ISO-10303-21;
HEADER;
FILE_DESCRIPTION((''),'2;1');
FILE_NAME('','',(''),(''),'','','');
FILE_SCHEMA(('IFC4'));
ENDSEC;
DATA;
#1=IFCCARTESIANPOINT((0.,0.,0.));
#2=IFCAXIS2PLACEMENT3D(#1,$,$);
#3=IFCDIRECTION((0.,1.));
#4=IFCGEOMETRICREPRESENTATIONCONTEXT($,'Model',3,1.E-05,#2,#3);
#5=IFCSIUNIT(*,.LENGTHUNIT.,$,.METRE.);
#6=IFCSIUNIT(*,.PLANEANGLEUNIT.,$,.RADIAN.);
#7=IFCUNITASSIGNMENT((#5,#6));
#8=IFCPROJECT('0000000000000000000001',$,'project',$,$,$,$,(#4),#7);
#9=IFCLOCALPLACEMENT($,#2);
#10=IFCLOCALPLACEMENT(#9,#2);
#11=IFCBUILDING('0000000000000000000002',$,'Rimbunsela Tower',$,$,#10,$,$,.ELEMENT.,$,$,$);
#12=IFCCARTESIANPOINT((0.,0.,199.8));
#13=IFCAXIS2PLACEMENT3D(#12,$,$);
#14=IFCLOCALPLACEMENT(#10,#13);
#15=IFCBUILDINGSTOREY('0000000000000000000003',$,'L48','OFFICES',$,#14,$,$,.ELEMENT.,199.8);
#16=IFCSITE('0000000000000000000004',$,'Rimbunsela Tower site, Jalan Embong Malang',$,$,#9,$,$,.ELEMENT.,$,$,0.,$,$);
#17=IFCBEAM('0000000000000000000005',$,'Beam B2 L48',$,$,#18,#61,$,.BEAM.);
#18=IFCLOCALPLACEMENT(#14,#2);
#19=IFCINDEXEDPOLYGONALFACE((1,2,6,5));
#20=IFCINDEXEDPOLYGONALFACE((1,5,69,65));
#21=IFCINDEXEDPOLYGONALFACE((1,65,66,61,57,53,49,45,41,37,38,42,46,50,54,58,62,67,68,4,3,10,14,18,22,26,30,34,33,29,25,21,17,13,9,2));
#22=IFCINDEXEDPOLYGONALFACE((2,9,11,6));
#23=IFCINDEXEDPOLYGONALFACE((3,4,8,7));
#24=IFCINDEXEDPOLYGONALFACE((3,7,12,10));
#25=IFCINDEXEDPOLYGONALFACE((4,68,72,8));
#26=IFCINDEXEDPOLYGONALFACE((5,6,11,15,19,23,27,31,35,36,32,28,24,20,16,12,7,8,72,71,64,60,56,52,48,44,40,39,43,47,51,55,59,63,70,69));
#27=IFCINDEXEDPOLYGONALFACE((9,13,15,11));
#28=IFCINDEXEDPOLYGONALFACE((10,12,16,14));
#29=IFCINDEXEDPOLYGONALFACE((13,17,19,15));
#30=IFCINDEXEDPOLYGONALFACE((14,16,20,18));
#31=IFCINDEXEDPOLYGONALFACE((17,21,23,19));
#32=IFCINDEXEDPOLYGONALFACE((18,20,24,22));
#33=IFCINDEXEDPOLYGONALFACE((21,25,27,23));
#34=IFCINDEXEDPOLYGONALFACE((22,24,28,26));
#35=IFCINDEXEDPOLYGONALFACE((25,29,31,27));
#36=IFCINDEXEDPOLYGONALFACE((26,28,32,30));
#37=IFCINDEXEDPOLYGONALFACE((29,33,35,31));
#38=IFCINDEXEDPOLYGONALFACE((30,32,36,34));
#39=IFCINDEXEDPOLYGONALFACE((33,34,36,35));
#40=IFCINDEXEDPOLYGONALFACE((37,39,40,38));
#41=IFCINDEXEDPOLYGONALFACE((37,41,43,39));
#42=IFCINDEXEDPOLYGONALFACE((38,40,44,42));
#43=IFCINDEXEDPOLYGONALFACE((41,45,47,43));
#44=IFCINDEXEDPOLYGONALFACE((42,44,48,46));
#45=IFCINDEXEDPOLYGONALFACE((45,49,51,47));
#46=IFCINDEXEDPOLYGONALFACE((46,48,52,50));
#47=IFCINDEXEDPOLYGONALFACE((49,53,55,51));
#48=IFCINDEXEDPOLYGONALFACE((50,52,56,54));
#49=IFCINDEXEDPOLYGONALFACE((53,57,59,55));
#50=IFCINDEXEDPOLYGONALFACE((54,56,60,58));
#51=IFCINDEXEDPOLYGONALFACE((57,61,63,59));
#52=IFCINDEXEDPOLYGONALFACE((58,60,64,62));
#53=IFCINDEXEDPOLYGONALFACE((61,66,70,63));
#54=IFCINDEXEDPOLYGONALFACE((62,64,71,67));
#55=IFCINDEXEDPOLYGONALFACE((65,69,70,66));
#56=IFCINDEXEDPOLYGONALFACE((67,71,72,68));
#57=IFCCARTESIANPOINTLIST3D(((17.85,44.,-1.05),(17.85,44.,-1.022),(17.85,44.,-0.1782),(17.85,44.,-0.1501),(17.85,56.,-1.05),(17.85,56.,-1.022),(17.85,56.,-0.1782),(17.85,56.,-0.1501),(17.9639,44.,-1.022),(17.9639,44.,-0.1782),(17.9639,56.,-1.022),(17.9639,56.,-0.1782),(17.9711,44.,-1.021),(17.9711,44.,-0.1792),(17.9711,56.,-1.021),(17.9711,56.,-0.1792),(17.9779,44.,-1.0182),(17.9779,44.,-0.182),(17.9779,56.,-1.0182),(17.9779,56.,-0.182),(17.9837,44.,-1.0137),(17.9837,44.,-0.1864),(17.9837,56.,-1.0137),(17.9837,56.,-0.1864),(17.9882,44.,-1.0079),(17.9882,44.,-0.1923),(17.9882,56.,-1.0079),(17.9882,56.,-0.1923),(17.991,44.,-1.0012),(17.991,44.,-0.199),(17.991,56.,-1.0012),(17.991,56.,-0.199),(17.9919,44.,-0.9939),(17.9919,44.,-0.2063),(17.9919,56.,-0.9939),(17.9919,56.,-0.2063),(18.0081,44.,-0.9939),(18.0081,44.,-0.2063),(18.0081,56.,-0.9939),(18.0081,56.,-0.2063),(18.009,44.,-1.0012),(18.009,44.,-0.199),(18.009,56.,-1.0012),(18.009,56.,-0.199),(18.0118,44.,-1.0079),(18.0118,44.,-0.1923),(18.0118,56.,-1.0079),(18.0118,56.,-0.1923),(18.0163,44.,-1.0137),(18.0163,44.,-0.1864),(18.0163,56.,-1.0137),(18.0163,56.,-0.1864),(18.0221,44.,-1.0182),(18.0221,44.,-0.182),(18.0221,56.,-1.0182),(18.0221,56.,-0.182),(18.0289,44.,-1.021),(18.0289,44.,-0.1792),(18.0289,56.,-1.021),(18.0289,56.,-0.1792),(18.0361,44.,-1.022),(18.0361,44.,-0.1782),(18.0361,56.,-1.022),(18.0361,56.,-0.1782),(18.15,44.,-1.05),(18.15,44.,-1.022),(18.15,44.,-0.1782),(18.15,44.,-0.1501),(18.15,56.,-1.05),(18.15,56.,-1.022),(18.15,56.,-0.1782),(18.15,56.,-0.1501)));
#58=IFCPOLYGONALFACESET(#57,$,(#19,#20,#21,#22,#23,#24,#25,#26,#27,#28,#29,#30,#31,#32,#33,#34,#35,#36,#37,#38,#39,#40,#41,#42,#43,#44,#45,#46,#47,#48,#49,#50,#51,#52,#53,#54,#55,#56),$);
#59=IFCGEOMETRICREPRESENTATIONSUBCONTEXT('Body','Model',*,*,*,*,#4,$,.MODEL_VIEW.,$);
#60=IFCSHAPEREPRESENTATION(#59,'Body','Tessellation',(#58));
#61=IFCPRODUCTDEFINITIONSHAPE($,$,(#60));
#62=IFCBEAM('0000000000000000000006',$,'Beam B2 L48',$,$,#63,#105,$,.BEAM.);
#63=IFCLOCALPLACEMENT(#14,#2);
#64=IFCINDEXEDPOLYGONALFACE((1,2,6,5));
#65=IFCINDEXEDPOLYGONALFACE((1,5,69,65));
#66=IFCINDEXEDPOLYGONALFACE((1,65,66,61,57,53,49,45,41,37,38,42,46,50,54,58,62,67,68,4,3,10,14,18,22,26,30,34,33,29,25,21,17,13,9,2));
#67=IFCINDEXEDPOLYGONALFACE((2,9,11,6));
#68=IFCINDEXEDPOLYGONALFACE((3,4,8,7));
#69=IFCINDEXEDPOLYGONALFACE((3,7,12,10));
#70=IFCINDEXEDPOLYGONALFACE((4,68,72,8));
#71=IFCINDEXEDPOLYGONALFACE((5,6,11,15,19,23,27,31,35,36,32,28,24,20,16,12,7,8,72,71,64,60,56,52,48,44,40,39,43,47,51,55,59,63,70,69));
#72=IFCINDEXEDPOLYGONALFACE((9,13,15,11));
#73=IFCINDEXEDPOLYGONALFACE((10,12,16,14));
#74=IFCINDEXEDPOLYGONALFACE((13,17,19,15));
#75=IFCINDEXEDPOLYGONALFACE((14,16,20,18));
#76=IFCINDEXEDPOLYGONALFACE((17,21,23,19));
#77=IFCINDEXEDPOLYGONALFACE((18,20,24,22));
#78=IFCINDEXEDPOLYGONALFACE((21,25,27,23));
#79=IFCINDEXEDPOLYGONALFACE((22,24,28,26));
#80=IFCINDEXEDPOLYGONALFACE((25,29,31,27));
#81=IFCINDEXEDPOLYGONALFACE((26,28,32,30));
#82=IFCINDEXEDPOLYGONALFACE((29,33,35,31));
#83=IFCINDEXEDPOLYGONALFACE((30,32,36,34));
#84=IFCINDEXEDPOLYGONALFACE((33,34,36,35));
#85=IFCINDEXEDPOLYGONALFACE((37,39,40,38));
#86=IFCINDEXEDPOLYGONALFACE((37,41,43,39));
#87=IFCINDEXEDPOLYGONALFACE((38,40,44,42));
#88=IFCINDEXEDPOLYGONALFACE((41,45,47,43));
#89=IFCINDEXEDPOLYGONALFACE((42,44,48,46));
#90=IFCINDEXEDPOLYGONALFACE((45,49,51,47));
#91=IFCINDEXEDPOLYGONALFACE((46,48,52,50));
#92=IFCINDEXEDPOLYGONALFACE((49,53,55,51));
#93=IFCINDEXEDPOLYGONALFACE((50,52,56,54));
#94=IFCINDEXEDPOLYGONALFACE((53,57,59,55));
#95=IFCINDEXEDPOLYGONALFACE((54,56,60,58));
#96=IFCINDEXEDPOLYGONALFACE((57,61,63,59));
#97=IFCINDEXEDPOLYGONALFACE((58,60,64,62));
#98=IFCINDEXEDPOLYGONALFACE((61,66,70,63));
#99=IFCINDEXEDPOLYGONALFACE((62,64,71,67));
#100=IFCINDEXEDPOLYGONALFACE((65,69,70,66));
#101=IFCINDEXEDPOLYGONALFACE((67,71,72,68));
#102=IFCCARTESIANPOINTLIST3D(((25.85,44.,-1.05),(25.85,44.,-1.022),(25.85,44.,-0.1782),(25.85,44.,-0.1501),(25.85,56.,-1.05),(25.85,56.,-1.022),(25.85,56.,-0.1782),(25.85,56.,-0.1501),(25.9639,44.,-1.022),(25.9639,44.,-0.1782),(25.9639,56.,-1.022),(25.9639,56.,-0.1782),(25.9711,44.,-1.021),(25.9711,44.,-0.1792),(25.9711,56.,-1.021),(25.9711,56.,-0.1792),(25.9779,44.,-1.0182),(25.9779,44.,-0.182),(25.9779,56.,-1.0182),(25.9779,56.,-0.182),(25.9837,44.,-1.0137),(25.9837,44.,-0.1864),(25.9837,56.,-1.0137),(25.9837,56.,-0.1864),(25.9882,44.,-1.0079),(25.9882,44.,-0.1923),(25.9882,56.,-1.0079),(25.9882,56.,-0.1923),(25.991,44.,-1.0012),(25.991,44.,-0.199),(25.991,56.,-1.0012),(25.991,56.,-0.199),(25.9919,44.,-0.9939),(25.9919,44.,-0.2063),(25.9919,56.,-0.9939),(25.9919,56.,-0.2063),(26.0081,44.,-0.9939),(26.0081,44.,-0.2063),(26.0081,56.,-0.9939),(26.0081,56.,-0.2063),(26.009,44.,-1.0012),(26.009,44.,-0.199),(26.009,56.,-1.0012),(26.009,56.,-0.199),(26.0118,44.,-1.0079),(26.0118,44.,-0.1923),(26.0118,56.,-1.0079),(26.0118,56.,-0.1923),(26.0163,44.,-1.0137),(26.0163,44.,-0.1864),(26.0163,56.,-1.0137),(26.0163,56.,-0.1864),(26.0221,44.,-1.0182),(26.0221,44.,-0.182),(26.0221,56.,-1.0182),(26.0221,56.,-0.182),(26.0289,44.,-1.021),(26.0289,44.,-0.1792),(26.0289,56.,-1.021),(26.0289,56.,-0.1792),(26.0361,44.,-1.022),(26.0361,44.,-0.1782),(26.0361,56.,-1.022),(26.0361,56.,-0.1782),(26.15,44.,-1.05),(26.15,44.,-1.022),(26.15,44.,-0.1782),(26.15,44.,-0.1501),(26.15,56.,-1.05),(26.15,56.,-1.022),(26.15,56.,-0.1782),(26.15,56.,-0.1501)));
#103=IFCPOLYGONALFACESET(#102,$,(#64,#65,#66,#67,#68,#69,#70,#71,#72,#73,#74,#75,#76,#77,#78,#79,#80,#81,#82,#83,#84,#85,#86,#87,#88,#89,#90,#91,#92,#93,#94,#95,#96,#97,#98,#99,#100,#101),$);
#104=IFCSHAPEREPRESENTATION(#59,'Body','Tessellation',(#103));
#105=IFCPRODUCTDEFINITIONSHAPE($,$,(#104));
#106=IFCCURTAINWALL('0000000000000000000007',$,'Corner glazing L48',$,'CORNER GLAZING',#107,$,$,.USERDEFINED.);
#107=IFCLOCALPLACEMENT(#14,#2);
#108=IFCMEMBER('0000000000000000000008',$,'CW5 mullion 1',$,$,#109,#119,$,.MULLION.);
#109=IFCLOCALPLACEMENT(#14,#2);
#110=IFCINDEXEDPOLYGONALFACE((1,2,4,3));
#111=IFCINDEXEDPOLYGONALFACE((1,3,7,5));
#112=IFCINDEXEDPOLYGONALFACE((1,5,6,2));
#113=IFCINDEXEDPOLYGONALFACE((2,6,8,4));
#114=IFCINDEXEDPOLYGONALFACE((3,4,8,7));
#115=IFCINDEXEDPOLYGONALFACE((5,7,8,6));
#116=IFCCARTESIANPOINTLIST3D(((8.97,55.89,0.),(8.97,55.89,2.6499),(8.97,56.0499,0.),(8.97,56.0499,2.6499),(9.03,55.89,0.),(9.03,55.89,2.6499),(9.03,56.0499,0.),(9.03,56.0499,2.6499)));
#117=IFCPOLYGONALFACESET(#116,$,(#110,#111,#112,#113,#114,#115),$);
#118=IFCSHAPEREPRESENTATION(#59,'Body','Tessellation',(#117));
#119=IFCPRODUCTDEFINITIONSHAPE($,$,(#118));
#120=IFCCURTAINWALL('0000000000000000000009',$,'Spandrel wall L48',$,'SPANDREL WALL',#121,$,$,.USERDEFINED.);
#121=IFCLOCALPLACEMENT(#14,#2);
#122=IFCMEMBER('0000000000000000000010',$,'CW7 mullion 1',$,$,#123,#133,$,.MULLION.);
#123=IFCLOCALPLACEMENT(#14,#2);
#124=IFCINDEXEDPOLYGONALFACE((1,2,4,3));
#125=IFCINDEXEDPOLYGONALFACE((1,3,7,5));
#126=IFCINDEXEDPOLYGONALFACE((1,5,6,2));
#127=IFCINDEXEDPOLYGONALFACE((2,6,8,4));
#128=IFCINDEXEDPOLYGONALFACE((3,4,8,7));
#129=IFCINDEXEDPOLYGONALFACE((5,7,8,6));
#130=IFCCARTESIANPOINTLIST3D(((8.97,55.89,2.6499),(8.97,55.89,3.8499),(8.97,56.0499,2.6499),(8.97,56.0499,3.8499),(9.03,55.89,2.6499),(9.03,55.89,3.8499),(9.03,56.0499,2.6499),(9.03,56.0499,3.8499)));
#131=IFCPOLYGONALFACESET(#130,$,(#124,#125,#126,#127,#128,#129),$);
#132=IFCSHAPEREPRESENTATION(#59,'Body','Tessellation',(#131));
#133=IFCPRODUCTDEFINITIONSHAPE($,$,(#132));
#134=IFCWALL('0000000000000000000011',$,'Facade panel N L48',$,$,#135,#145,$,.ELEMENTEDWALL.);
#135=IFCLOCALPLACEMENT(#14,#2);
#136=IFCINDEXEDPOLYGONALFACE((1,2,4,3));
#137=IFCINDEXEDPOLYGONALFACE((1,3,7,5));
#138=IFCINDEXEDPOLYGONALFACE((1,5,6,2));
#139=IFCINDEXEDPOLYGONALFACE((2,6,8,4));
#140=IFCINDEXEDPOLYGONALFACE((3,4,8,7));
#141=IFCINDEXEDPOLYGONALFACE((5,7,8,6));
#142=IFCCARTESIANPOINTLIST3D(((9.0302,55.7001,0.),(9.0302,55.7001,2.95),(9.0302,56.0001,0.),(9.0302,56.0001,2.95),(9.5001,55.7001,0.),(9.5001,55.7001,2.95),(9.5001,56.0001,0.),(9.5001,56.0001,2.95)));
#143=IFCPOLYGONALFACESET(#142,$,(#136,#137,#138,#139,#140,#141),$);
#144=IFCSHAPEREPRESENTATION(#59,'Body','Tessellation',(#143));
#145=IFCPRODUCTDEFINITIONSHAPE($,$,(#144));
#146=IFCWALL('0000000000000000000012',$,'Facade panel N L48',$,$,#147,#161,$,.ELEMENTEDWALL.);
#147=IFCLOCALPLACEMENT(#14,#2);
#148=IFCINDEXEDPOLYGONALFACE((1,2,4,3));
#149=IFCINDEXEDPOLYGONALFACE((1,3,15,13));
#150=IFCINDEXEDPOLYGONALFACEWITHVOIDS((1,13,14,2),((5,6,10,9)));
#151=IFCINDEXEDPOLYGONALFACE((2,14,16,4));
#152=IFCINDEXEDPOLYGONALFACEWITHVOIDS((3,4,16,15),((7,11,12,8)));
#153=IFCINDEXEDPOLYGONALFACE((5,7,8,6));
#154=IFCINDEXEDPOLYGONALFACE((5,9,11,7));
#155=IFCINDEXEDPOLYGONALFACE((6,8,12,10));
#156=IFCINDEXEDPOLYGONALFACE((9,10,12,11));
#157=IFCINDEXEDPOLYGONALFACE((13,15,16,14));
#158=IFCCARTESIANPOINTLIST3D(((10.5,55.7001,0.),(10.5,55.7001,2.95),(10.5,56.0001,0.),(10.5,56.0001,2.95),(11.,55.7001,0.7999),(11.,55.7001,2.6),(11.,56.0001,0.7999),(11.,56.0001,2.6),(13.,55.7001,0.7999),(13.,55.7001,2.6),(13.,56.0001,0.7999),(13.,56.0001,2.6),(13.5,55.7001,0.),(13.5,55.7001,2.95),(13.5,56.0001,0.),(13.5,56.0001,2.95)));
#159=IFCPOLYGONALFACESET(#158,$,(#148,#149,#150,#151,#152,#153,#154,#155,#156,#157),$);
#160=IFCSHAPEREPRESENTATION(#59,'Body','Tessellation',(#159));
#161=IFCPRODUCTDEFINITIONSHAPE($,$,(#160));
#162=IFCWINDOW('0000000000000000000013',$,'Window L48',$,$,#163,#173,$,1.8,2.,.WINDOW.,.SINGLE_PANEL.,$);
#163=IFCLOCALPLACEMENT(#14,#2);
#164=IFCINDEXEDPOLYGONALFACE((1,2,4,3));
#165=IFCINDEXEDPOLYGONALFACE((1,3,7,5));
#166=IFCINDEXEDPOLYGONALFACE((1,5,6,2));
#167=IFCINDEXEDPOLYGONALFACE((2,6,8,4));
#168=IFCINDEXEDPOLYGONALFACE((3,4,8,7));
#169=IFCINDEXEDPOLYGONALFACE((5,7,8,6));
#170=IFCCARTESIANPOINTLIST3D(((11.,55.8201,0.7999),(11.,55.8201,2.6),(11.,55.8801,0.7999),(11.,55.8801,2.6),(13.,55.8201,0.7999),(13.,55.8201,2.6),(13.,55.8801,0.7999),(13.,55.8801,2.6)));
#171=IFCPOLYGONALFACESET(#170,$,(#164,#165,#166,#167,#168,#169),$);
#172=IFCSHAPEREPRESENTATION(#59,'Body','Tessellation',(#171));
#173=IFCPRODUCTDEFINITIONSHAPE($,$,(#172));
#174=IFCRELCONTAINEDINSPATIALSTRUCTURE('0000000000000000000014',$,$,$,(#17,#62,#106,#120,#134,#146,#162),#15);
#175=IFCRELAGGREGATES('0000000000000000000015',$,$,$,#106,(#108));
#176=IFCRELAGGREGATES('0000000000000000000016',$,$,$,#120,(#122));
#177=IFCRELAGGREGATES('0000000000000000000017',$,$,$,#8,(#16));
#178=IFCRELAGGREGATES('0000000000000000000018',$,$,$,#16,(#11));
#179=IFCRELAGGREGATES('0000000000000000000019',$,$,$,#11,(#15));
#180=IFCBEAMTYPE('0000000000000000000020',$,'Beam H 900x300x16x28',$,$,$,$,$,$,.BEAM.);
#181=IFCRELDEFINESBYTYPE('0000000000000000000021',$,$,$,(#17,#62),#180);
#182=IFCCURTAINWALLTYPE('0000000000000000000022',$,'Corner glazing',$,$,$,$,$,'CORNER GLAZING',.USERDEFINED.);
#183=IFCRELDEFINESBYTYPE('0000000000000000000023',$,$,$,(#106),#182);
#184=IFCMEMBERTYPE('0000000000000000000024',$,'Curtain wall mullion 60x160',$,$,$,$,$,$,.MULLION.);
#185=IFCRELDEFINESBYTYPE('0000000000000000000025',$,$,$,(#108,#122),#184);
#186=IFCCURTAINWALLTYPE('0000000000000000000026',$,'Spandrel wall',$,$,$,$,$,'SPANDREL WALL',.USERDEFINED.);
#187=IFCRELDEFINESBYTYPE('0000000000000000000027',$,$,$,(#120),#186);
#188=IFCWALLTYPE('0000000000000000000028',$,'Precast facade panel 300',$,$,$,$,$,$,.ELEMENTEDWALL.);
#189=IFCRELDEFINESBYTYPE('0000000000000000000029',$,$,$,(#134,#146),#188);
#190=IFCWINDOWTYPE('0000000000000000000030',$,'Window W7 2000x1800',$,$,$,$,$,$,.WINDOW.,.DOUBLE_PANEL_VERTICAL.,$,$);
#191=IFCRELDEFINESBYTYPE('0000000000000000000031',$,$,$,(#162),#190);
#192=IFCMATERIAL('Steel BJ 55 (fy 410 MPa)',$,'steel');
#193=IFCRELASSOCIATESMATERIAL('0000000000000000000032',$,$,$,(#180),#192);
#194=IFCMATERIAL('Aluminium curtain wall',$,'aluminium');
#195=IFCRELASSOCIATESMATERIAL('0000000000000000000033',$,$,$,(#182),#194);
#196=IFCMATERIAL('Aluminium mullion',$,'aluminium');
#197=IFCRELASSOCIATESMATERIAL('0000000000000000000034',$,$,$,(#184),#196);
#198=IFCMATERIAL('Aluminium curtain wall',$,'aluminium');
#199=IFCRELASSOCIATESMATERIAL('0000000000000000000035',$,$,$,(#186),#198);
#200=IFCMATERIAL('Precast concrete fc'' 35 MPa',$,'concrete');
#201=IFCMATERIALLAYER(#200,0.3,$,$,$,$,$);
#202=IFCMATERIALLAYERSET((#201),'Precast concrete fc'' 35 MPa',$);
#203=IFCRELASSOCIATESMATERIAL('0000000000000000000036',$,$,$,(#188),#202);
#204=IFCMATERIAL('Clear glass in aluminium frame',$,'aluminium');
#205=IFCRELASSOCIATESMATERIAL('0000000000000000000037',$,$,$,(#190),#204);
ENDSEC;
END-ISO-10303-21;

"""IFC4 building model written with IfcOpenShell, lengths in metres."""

from ifc_helpers import new_model, si_unit, direction, frame, frame_2d, origin, origin_2d, place, context, subcontext, project, spatial, rectangle, i_section, extrude, material, layer, layer_set, material_profile, profile_set, type_object, element, fill, aggregate, save


model = new_model("IFC4")

# Units and contexts
model_context = context("Model", 3, precision=1e-05, world=origin(), true_north=direction((0.0, 1.0)))
body_context = subcontext(model_context, "Body", "Model", "MODEL_VIEW")
ifc_project = project(units=[si_unit("LENGTHUNIT", "METRE"), si_unit("PLANEANGLEUNIT", "RADIAN")], contexts=[model_context])

# Site, building, storey
site_placement = place(None, origin())
site = spatial("IfcSite", under=ifc_project, at=site_placement, Name="Rimbunsela Tower site, Jalan Embong Malang", CompositionType="ELEMENT", RefElevation=0.0)
building_placement = place(site_placement, origin())
building = spatial("IfcBuilding", under=site, at=building_placement, Name="Rimbunsela Tower", CompositionType="ELEMENT")
storey_placement = place(building_placement, frame((0.0, 0.0, 199.8)))
storey = spatial("IfcBuildingStorey", under=building, at=storey_placement, Name="L48", Description="OFFICES", CompositionType="ELEMENT", Elevation=199.8)

# Beams
ifc_material_1 = material(Name="Steel BJ 55 (fy 410 MPa)", Category="steel")
ifc_material_profile_1 = material_profile(ifc_material_1, i_section(OverallWidth=0.3, OverallDepth=0.8999, WebThickness=0.0161, FlangeThickness=0.0281, FilletRadius=0.0281, at=origin_2d()), Name="H 900x300x16x28")
ifc_profile_set_1 = profile_set([ifc_material_profile_1], Name="Steel BJ 55 (fy 410 MPa)")
beam_type_1 = type_object("IfcBeamType", Name="Beam H 900x300x16x28", PredefinedType="BEAM", material=ifc_profile_set_1)
for number, where, z_axis, x_axis, name in (
    (1, (18.0, 44.0, -0.6001), (0.0, 1.0, 0.0), (-1.0, 0.0, 0.0), "Beam B2 L48"),
    (2, (26.0, 44.0, -0.6001), (0.0, 1.0, 0.0), (-1.0, 0.0, 0.0), "Beam B2 L48"),
):
    element("IfcBeam", number, at=place(storey_placement, frame(where, z_axis=z_axis, x_axis=x_axis)), inside=storey, type_object=beam_type_1, Name=name, PredefinedType="BEAM", context=body_context, shape_type="SweptSolid", body=[
        extrude(i_section(OverallWidth=0.3, OverallDepth=0.8999, WebThickness=0.0161, FlangeThickness=0.0281, FilletRadius=0.0281, at=origin_2d()), origin(), (0.0, 0.0, 1.0), 12.0),
    ])

# Curtain walls, members
ifc_material_2 = material(Name="Aluminium curtain wall", Category="aluminium")
curtain_wall_type_1 = type_object("IfcCurtainWallType", Name="Corner glazing", ElementType="CORNER GLAZING", PredefinedType="USERDEFINED", material=ifc_material_2)
curtain_wall_1_placement = place(storey_placement, origin())
curtain_wall_1 = element("IfcCurtainWall", 3, at=curtain_wall_1_placement, inside=storey, type_object=curtain_wall_type_1, Name="Corner glazing L48", ObjectType="CORNER GLAZING", PredefinedType="USERDEFINED")
ifc_material_3 = material(Name="Aluminium mullion", Category="aluminium")
ifc_material_profile_2 = material_profile(ifc_material_3, rectangle(XDim=0.0601, YDim=0.1599, at=origin_2d()), Name="Mullion 60x160")
ifc_profile_set_2 = profile_set([ifc_material_profile_2], Name="Aluminium mullion")
member_type = type_object("IfcMemberType", Name="Curtain wall mullion 60x160", PredefinedType="MULLION", material=ifc_profile_set_2)
member_1_placement = place(storey_placement, frame((9.0, 55.97, 0.0), z_axis=(0.0, 0.0, 1.0), x_axis=(1.0, 0.0, 0.0)))
member_1 = element("IfcMember", 4, at=member_1_placement, type_object=member_type, Name="CW5 mullion 1", PredefinedType="MULLION", context=body_context, shape_type="SweptSolid", body=[
    extrude(rectangle(XDim=0.0601, YDim=0.1599, at=origin_2d()), origin(), (0.0, 0.0, 1.0), 2.6499),
])
aggregate(curtain_wall_1, [member_1])
ifc_material_4 = material(Name="Aluminium curtain wall", Category="aluminium")
curtain_wall_type_2 = type_object("IfcCurtainWallType", Name="Spandrel wall", ElementType="SPANDREL WALL", PredefinedType="USERDEFINED", material=ifc_material_4)
curtain_wall_2_placement = place(storey_placement, origin())
curtain_wall_2 = element("IfcCurtainWall", 5, at=curtain_wall_2_placement, inside=storey, type_object=curtain_wall_type_2, Name="Spandrel wall L48", ObjectType="SPANDREL WALL", PredefinedType="USERDEFINED")
member_2_placement = place(storey_placement, frame((9.0, 55.97, 2.6499), z_axis=(0.0, 0.0, 1.0), x_axis=(1.0, 0.0, 0.0)))
member_2 = element("IfcMember", 6, at=member_2_placement, type_object=member_type, Name="CW7 mullion 1", PredefinedType="MULLION", context=body_context, shape_type="SweptSolid", body=[
    extrude(rectangle(XDim=0.0601, YDim=0.1599, at=origin_2d()), origin(), (0.0, 0.0, 1.0), 1.2),
])
aggregate(curtain_wall_2, [member_2])

# Wall
ifc_material_5 = material(Name="Precast concrete fc' 35 MPa", Category="concrete")
ifc_layer_1 = layer(ifc_material_5, 0.3)
ifc_layer_set_1 = layer_set([ifc_layer_1], Name="Precast concrete fc' 35 MPa")
wall_type = type_object("IfcWallType", Name="Precast facade panel 300", PredefinedType="ELEMENTEDWALL", material=ifc_layer_set_1)
wall_1_placement = place(storey_placement, frame((9.5, 55.8501, 0.0), z_axis=(0.0, 0.0, 1.0), x_axis=(-1.0, 0.0, 0.0)))
element("IfcWall", 7, at=wall_1_placement, inside=storey, type_object=wall_type, Name="Facade panel N L48", PredefinedType="ELEMENTEDWALL", context=body_context, shape_type="SweptSolid", body=[
    extrude(rectangle(XDim=0.47, YDim=0.3, at=frame_2d((0.2349, 0.0))), origin(), (0.0, 0.0, 1.0), 2.95),
])

# Wall, opening, window
wall_2_placement = place(storey_placement, frame((13.5, 55.8501, 0.0), z_axis=(0.0, 0.0, 1.0), x_axis=(-1.0, 0.0, 0.0)))
wall_2 = element("IfcWall", 8, at=wall_2_placement, inside=storey, type_object=wall_type, Name="Facade panel N L48", PredefinedType="ELEMENTEDWALL", context=body_context, shape_type="SweptSolid", body=[
    extrude(rectangle(XDim=3.0, YDim=0.3, at=frame_2d((1.5, 0.0))), origin(), (0.0, 0.0, 1.0), 2.95),
])
opening_1_placement = place(wall_2_placement, frame((0.5, 0.0, 0.8)))
opening_1 = element("IfcOpeningElement", 9, at=opening_1_placement, cuts=wall_2, PredefinedType="OPENING", context=body_context, shape_type="SweptSolid", body=[
    extrude(rectangle(XDim=2.0, YDim=1.8, at=frame_2d((1.0, 0.8999))), frame((0.0, 0.1599, 0.0), z_axis=(0.0, -1.0, 0.0), x_axis=(1.0, 0.0, 0.0)), (0.0, 0.0, 1.0), 0.3201),
])
ifc_material_6 = material(Name="Clear glass in aluminium frame", Category="aluminium")
window_type = type_object("IfcWindowType", Name="Window W7 2000x1800", PartitioningType="DOUBLE_PANEL_VERTICAL", PredefinedType="WINDOW", material=ifc_material_6)
window_1_placement = place(opening_1_placement, origin())
window_1 = element("IfcWindow", 10, at=window_1_placement, inside=storey, type_object=window_type, Name="Window L48", OverallHeight=1.8, OverallWidth=2.0, PartitioningType="SINGLE_PANEL", PredefinedType="WINDOW", context=body_context, shape_type="SweptSolid", body=[
    extrude(rectangle(XDim=2.0, YDim=1.8, at=frame_2d((1.0, 0.8999))), frame((0.0, 0.03, 0.0), z_axis=(0.0, -1.0, 0.0), x_axis=(1.0, 0.0, 0.0)), (0.0, 0.0, 1.0), 0.0601),
])
fill(opening_1, window_1)

save(model, "model.ifc")
